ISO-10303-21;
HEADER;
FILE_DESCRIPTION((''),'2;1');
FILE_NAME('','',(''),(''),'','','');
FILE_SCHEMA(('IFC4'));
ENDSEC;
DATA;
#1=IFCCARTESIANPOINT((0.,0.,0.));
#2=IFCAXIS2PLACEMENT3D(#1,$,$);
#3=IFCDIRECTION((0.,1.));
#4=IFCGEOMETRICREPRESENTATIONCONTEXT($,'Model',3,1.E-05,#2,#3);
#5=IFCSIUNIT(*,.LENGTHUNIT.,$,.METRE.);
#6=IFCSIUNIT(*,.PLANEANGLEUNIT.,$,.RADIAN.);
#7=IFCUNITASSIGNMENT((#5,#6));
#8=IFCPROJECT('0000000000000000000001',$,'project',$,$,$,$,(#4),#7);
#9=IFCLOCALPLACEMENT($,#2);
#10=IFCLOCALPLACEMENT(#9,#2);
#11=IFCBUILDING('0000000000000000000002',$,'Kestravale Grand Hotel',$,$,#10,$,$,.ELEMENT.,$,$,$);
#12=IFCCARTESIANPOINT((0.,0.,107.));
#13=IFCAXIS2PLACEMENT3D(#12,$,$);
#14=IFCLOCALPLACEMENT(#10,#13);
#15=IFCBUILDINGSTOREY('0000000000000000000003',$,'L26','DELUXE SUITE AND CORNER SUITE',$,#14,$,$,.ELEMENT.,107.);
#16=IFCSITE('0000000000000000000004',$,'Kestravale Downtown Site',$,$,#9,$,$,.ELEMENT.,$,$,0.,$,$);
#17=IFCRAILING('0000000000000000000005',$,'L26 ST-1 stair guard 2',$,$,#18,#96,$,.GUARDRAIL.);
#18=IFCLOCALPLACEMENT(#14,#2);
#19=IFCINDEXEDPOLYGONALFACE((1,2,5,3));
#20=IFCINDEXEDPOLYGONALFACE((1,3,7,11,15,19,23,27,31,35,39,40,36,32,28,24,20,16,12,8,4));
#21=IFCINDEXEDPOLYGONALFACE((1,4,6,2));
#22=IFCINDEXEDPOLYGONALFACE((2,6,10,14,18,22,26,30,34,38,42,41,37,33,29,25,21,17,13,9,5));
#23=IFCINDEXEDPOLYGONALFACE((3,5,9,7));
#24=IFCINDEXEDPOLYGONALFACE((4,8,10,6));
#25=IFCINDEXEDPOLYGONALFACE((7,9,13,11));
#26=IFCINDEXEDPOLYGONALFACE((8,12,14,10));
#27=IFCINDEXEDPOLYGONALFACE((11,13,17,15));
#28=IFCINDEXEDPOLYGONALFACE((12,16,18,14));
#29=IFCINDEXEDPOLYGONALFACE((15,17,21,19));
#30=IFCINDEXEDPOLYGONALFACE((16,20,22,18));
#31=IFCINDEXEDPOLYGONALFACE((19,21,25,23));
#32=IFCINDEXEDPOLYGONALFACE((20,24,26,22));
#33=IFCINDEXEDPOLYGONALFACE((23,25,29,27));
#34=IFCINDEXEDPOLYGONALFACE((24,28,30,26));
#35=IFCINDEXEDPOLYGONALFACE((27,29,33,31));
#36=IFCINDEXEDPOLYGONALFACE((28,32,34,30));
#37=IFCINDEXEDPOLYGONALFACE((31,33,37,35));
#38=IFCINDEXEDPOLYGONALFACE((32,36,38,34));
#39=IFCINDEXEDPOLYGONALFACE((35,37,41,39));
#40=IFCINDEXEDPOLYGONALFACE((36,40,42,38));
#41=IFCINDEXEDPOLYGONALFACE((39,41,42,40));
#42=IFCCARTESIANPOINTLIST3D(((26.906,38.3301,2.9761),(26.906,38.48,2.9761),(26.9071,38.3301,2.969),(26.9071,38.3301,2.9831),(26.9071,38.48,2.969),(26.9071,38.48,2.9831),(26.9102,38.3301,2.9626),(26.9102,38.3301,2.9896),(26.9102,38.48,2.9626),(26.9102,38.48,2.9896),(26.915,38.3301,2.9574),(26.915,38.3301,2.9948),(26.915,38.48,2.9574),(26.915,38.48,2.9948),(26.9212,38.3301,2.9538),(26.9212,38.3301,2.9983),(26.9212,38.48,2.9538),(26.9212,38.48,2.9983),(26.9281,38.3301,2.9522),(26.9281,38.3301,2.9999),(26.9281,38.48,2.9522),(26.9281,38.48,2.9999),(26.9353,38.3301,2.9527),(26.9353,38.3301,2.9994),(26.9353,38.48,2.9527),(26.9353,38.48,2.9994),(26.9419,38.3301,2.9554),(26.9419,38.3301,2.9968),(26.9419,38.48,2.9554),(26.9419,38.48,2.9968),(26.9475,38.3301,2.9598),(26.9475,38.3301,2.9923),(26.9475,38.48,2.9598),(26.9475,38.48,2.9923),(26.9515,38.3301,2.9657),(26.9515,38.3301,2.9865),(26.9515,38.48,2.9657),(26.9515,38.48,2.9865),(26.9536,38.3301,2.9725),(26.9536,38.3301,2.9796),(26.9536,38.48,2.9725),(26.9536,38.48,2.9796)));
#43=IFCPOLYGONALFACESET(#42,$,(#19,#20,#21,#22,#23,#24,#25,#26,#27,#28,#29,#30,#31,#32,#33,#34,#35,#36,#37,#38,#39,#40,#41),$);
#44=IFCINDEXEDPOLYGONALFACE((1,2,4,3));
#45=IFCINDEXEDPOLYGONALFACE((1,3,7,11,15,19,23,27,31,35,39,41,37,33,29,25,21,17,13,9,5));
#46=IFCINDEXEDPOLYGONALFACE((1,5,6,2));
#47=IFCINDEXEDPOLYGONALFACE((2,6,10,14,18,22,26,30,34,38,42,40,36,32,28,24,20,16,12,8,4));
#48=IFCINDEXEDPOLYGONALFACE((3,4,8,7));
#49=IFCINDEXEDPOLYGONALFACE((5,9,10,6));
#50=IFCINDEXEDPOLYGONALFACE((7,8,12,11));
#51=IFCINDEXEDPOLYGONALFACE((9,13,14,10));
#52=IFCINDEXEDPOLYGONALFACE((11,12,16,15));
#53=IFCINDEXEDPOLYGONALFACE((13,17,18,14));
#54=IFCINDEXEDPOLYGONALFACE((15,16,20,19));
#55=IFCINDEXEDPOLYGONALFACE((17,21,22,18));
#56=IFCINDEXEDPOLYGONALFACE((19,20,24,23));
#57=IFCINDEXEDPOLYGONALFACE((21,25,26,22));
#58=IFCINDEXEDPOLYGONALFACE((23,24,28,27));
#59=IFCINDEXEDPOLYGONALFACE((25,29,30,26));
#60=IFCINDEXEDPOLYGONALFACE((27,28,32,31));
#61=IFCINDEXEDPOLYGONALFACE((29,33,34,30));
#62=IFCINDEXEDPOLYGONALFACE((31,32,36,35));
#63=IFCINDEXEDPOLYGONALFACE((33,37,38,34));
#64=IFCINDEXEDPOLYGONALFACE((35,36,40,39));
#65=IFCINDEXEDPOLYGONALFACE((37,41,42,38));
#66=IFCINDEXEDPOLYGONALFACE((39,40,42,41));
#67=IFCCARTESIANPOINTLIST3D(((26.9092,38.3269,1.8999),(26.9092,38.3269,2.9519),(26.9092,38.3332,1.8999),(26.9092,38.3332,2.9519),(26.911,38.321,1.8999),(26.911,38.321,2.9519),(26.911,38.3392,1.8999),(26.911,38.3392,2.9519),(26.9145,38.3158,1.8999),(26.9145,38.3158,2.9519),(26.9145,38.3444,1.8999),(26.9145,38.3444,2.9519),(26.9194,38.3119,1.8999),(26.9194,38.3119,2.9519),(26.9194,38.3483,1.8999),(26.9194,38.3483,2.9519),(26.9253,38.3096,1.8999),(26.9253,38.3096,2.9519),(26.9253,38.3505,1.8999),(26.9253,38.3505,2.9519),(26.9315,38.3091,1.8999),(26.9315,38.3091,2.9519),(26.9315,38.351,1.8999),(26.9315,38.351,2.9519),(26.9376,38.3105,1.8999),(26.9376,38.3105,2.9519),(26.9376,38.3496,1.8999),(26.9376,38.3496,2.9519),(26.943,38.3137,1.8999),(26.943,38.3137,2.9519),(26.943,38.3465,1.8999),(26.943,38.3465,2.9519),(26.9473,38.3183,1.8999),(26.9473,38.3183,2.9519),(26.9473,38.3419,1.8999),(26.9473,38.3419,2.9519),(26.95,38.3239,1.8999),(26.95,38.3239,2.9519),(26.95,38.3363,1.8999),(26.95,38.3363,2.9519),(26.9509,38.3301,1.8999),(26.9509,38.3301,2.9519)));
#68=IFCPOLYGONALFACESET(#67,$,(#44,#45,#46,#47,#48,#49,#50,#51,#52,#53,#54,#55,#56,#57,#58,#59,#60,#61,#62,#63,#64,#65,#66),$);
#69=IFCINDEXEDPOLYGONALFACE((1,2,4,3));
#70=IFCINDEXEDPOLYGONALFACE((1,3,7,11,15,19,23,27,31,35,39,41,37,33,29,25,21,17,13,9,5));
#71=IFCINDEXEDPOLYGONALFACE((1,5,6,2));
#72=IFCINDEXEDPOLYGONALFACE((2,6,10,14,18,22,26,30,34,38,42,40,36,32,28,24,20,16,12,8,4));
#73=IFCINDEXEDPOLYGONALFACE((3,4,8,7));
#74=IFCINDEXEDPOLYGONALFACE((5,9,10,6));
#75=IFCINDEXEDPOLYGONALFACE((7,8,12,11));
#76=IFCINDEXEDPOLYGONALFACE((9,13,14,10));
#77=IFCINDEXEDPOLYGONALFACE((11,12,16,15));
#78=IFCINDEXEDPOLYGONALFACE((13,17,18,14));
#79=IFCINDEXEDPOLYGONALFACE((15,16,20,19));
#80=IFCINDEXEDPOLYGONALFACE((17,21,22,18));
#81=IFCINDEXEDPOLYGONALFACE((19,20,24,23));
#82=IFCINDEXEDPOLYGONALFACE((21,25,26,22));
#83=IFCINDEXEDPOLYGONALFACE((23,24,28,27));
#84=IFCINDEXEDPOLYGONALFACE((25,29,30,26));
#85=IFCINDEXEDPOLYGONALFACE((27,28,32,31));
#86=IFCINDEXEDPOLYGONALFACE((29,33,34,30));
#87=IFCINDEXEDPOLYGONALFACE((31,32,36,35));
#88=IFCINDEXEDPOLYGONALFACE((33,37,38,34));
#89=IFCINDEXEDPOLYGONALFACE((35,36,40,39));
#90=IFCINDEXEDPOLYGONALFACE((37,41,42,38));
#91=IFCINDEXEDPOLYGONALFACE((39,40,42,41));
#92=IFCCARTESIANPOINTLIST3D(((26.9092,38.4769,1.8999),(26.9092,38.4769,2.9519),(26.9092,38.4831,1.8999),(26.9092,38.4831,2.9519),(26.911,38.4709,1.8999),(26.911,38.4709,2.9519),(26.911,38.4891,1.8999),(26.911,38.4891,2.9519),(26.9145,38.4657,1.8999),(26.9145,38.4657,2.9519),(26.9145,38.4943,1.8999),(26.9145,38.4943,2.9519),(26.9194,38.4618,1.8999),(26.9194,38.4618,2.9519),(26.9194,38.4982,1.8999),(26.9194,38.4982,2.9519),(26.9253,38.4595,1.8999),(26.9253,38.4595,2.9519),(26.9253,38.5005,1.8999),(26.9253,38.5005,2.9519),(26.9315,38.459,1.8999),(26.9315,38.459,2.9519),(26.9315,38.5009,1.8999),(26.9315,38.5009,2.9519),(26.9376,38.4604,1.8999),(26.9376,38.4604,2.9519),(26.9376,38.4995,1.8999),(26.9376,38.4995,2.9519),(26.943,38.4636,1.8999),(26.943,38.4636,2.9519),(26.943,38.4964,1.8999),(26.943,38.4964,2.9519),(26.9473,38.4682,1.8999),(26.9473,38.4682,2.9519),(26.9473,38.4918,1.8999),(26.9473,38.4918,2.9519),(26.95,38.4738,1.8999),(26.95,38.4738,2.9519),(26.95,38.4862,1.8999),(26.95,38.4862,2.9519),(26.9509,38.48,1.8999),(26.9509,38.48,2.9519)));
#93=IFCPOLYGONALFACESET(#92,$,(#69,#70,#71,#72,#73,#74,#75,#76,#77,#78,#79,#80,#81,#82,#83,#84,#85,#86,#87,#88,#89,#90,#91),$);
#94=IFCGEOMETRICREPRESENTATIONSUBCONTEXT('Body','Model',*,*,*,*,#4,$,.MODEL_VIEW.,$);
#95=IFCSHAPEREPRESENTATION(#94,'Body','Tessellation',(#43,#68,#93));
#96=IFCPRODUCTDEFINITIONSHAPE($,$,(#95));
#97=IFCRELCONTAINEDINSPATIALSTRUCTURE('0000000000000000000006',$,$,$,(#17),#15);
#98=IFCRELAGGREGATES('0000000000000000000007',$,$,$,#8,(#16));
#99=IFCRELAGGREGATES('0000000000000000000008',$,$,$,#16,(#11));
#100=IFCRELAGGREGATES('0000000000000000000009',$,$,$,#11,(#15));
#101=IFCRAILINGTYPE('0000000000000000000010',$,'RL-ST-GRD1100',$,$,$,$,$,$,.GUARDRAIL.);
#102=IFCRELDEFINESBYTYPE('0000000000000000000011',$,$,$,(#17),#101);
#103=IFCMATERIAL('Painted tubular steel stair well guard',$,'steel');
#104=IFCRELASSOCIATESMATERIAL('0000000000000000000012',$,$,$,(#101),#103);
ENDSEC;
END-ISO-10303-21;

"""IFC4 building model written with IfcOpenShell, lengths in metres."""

from ifc_helpers import new_model, si_unit, direction, frame, origin, origin_2d, place, context, subcontext, project, spatial, circle, extrude, material, type_object, element, save


model = new_model("IFC4")

# Units and contexts
model_context = context("Model", 3, precision=1e-05, world=origin(), true_north=direction((0.0, 1.0)))
body_context = subcontext(model_context, "Body", "Model", "MODEL_VIEW")
ifc_project = project(units=[si_unit("LENGTHUNIT", "METRE"), si_unit("PLANEANGLEUNIT", "RADIAN")], contexts=[model_context])

# Site, building, storey
site_placement = place(None, origin())
site = spatial("IfcSite", under=ifc_project, at=site_placement, Name="Kestravale Downtown Site", CompositionType="ELEMENT", RefElevation=0.0)
building_placement = place(site_placement, origin())
building = spatial("IfcBuilding", under=site, at=building_placement, Name="Kestravale Grand Hotel", CompositionType="ELEMENT")
storey_placement = place(building_placement, frame((0.0, 0.0, 107.0)))
storey = spatial("IfcBuildingStorey", under=building, at=storey_placement, Name="L26", Description="DELUXE SUITE AND CORNER SUITE", CompositionType="ELEMENT", Elevation=107.0)

# Railing
ifc_material_1 = material(Name="Painted tubular steel stair well guard", Category="steel")
railing_type_1 = type_object("IfcRailingType", Name="RL-ST-GRD1100", PredefinedType="GUARDRAIL", material=ifc_material_1)
railing_1_placement = place(storey_placement, frame((26.9299, 38.3301, 1.8999)))
element("IfcRailing", 1, at=railing_1_placement, inside=storey, type_object=railing_type_1, Name="L26 ST-1 stair guard 2", PredefinedType="GUARDRAIL", context=body_context, shape_type="SweptSolid", body=[
    extrude(circle(Radius=0.0239, at=origin_2d()), frame((0.0, 0.0, 1.0762), z_axis=(0.0, 1.0, 0.0), x_axis=(-1.0, 0.0, 0.0)), (0.0, 0.0, 1.0), 0.1499),
    extrude(circle(Radius=0.021, at=origin_2d()), origin(), (0.0, 0.0, 1.0), 1.052),
    extrude(circle(Radius=0.021, at=origin_2d()), frame((0.0, 0.1499, 0.0)), (0.0, 0.0, 1.0), 1.052),
])

save(model, "model.ifc")
